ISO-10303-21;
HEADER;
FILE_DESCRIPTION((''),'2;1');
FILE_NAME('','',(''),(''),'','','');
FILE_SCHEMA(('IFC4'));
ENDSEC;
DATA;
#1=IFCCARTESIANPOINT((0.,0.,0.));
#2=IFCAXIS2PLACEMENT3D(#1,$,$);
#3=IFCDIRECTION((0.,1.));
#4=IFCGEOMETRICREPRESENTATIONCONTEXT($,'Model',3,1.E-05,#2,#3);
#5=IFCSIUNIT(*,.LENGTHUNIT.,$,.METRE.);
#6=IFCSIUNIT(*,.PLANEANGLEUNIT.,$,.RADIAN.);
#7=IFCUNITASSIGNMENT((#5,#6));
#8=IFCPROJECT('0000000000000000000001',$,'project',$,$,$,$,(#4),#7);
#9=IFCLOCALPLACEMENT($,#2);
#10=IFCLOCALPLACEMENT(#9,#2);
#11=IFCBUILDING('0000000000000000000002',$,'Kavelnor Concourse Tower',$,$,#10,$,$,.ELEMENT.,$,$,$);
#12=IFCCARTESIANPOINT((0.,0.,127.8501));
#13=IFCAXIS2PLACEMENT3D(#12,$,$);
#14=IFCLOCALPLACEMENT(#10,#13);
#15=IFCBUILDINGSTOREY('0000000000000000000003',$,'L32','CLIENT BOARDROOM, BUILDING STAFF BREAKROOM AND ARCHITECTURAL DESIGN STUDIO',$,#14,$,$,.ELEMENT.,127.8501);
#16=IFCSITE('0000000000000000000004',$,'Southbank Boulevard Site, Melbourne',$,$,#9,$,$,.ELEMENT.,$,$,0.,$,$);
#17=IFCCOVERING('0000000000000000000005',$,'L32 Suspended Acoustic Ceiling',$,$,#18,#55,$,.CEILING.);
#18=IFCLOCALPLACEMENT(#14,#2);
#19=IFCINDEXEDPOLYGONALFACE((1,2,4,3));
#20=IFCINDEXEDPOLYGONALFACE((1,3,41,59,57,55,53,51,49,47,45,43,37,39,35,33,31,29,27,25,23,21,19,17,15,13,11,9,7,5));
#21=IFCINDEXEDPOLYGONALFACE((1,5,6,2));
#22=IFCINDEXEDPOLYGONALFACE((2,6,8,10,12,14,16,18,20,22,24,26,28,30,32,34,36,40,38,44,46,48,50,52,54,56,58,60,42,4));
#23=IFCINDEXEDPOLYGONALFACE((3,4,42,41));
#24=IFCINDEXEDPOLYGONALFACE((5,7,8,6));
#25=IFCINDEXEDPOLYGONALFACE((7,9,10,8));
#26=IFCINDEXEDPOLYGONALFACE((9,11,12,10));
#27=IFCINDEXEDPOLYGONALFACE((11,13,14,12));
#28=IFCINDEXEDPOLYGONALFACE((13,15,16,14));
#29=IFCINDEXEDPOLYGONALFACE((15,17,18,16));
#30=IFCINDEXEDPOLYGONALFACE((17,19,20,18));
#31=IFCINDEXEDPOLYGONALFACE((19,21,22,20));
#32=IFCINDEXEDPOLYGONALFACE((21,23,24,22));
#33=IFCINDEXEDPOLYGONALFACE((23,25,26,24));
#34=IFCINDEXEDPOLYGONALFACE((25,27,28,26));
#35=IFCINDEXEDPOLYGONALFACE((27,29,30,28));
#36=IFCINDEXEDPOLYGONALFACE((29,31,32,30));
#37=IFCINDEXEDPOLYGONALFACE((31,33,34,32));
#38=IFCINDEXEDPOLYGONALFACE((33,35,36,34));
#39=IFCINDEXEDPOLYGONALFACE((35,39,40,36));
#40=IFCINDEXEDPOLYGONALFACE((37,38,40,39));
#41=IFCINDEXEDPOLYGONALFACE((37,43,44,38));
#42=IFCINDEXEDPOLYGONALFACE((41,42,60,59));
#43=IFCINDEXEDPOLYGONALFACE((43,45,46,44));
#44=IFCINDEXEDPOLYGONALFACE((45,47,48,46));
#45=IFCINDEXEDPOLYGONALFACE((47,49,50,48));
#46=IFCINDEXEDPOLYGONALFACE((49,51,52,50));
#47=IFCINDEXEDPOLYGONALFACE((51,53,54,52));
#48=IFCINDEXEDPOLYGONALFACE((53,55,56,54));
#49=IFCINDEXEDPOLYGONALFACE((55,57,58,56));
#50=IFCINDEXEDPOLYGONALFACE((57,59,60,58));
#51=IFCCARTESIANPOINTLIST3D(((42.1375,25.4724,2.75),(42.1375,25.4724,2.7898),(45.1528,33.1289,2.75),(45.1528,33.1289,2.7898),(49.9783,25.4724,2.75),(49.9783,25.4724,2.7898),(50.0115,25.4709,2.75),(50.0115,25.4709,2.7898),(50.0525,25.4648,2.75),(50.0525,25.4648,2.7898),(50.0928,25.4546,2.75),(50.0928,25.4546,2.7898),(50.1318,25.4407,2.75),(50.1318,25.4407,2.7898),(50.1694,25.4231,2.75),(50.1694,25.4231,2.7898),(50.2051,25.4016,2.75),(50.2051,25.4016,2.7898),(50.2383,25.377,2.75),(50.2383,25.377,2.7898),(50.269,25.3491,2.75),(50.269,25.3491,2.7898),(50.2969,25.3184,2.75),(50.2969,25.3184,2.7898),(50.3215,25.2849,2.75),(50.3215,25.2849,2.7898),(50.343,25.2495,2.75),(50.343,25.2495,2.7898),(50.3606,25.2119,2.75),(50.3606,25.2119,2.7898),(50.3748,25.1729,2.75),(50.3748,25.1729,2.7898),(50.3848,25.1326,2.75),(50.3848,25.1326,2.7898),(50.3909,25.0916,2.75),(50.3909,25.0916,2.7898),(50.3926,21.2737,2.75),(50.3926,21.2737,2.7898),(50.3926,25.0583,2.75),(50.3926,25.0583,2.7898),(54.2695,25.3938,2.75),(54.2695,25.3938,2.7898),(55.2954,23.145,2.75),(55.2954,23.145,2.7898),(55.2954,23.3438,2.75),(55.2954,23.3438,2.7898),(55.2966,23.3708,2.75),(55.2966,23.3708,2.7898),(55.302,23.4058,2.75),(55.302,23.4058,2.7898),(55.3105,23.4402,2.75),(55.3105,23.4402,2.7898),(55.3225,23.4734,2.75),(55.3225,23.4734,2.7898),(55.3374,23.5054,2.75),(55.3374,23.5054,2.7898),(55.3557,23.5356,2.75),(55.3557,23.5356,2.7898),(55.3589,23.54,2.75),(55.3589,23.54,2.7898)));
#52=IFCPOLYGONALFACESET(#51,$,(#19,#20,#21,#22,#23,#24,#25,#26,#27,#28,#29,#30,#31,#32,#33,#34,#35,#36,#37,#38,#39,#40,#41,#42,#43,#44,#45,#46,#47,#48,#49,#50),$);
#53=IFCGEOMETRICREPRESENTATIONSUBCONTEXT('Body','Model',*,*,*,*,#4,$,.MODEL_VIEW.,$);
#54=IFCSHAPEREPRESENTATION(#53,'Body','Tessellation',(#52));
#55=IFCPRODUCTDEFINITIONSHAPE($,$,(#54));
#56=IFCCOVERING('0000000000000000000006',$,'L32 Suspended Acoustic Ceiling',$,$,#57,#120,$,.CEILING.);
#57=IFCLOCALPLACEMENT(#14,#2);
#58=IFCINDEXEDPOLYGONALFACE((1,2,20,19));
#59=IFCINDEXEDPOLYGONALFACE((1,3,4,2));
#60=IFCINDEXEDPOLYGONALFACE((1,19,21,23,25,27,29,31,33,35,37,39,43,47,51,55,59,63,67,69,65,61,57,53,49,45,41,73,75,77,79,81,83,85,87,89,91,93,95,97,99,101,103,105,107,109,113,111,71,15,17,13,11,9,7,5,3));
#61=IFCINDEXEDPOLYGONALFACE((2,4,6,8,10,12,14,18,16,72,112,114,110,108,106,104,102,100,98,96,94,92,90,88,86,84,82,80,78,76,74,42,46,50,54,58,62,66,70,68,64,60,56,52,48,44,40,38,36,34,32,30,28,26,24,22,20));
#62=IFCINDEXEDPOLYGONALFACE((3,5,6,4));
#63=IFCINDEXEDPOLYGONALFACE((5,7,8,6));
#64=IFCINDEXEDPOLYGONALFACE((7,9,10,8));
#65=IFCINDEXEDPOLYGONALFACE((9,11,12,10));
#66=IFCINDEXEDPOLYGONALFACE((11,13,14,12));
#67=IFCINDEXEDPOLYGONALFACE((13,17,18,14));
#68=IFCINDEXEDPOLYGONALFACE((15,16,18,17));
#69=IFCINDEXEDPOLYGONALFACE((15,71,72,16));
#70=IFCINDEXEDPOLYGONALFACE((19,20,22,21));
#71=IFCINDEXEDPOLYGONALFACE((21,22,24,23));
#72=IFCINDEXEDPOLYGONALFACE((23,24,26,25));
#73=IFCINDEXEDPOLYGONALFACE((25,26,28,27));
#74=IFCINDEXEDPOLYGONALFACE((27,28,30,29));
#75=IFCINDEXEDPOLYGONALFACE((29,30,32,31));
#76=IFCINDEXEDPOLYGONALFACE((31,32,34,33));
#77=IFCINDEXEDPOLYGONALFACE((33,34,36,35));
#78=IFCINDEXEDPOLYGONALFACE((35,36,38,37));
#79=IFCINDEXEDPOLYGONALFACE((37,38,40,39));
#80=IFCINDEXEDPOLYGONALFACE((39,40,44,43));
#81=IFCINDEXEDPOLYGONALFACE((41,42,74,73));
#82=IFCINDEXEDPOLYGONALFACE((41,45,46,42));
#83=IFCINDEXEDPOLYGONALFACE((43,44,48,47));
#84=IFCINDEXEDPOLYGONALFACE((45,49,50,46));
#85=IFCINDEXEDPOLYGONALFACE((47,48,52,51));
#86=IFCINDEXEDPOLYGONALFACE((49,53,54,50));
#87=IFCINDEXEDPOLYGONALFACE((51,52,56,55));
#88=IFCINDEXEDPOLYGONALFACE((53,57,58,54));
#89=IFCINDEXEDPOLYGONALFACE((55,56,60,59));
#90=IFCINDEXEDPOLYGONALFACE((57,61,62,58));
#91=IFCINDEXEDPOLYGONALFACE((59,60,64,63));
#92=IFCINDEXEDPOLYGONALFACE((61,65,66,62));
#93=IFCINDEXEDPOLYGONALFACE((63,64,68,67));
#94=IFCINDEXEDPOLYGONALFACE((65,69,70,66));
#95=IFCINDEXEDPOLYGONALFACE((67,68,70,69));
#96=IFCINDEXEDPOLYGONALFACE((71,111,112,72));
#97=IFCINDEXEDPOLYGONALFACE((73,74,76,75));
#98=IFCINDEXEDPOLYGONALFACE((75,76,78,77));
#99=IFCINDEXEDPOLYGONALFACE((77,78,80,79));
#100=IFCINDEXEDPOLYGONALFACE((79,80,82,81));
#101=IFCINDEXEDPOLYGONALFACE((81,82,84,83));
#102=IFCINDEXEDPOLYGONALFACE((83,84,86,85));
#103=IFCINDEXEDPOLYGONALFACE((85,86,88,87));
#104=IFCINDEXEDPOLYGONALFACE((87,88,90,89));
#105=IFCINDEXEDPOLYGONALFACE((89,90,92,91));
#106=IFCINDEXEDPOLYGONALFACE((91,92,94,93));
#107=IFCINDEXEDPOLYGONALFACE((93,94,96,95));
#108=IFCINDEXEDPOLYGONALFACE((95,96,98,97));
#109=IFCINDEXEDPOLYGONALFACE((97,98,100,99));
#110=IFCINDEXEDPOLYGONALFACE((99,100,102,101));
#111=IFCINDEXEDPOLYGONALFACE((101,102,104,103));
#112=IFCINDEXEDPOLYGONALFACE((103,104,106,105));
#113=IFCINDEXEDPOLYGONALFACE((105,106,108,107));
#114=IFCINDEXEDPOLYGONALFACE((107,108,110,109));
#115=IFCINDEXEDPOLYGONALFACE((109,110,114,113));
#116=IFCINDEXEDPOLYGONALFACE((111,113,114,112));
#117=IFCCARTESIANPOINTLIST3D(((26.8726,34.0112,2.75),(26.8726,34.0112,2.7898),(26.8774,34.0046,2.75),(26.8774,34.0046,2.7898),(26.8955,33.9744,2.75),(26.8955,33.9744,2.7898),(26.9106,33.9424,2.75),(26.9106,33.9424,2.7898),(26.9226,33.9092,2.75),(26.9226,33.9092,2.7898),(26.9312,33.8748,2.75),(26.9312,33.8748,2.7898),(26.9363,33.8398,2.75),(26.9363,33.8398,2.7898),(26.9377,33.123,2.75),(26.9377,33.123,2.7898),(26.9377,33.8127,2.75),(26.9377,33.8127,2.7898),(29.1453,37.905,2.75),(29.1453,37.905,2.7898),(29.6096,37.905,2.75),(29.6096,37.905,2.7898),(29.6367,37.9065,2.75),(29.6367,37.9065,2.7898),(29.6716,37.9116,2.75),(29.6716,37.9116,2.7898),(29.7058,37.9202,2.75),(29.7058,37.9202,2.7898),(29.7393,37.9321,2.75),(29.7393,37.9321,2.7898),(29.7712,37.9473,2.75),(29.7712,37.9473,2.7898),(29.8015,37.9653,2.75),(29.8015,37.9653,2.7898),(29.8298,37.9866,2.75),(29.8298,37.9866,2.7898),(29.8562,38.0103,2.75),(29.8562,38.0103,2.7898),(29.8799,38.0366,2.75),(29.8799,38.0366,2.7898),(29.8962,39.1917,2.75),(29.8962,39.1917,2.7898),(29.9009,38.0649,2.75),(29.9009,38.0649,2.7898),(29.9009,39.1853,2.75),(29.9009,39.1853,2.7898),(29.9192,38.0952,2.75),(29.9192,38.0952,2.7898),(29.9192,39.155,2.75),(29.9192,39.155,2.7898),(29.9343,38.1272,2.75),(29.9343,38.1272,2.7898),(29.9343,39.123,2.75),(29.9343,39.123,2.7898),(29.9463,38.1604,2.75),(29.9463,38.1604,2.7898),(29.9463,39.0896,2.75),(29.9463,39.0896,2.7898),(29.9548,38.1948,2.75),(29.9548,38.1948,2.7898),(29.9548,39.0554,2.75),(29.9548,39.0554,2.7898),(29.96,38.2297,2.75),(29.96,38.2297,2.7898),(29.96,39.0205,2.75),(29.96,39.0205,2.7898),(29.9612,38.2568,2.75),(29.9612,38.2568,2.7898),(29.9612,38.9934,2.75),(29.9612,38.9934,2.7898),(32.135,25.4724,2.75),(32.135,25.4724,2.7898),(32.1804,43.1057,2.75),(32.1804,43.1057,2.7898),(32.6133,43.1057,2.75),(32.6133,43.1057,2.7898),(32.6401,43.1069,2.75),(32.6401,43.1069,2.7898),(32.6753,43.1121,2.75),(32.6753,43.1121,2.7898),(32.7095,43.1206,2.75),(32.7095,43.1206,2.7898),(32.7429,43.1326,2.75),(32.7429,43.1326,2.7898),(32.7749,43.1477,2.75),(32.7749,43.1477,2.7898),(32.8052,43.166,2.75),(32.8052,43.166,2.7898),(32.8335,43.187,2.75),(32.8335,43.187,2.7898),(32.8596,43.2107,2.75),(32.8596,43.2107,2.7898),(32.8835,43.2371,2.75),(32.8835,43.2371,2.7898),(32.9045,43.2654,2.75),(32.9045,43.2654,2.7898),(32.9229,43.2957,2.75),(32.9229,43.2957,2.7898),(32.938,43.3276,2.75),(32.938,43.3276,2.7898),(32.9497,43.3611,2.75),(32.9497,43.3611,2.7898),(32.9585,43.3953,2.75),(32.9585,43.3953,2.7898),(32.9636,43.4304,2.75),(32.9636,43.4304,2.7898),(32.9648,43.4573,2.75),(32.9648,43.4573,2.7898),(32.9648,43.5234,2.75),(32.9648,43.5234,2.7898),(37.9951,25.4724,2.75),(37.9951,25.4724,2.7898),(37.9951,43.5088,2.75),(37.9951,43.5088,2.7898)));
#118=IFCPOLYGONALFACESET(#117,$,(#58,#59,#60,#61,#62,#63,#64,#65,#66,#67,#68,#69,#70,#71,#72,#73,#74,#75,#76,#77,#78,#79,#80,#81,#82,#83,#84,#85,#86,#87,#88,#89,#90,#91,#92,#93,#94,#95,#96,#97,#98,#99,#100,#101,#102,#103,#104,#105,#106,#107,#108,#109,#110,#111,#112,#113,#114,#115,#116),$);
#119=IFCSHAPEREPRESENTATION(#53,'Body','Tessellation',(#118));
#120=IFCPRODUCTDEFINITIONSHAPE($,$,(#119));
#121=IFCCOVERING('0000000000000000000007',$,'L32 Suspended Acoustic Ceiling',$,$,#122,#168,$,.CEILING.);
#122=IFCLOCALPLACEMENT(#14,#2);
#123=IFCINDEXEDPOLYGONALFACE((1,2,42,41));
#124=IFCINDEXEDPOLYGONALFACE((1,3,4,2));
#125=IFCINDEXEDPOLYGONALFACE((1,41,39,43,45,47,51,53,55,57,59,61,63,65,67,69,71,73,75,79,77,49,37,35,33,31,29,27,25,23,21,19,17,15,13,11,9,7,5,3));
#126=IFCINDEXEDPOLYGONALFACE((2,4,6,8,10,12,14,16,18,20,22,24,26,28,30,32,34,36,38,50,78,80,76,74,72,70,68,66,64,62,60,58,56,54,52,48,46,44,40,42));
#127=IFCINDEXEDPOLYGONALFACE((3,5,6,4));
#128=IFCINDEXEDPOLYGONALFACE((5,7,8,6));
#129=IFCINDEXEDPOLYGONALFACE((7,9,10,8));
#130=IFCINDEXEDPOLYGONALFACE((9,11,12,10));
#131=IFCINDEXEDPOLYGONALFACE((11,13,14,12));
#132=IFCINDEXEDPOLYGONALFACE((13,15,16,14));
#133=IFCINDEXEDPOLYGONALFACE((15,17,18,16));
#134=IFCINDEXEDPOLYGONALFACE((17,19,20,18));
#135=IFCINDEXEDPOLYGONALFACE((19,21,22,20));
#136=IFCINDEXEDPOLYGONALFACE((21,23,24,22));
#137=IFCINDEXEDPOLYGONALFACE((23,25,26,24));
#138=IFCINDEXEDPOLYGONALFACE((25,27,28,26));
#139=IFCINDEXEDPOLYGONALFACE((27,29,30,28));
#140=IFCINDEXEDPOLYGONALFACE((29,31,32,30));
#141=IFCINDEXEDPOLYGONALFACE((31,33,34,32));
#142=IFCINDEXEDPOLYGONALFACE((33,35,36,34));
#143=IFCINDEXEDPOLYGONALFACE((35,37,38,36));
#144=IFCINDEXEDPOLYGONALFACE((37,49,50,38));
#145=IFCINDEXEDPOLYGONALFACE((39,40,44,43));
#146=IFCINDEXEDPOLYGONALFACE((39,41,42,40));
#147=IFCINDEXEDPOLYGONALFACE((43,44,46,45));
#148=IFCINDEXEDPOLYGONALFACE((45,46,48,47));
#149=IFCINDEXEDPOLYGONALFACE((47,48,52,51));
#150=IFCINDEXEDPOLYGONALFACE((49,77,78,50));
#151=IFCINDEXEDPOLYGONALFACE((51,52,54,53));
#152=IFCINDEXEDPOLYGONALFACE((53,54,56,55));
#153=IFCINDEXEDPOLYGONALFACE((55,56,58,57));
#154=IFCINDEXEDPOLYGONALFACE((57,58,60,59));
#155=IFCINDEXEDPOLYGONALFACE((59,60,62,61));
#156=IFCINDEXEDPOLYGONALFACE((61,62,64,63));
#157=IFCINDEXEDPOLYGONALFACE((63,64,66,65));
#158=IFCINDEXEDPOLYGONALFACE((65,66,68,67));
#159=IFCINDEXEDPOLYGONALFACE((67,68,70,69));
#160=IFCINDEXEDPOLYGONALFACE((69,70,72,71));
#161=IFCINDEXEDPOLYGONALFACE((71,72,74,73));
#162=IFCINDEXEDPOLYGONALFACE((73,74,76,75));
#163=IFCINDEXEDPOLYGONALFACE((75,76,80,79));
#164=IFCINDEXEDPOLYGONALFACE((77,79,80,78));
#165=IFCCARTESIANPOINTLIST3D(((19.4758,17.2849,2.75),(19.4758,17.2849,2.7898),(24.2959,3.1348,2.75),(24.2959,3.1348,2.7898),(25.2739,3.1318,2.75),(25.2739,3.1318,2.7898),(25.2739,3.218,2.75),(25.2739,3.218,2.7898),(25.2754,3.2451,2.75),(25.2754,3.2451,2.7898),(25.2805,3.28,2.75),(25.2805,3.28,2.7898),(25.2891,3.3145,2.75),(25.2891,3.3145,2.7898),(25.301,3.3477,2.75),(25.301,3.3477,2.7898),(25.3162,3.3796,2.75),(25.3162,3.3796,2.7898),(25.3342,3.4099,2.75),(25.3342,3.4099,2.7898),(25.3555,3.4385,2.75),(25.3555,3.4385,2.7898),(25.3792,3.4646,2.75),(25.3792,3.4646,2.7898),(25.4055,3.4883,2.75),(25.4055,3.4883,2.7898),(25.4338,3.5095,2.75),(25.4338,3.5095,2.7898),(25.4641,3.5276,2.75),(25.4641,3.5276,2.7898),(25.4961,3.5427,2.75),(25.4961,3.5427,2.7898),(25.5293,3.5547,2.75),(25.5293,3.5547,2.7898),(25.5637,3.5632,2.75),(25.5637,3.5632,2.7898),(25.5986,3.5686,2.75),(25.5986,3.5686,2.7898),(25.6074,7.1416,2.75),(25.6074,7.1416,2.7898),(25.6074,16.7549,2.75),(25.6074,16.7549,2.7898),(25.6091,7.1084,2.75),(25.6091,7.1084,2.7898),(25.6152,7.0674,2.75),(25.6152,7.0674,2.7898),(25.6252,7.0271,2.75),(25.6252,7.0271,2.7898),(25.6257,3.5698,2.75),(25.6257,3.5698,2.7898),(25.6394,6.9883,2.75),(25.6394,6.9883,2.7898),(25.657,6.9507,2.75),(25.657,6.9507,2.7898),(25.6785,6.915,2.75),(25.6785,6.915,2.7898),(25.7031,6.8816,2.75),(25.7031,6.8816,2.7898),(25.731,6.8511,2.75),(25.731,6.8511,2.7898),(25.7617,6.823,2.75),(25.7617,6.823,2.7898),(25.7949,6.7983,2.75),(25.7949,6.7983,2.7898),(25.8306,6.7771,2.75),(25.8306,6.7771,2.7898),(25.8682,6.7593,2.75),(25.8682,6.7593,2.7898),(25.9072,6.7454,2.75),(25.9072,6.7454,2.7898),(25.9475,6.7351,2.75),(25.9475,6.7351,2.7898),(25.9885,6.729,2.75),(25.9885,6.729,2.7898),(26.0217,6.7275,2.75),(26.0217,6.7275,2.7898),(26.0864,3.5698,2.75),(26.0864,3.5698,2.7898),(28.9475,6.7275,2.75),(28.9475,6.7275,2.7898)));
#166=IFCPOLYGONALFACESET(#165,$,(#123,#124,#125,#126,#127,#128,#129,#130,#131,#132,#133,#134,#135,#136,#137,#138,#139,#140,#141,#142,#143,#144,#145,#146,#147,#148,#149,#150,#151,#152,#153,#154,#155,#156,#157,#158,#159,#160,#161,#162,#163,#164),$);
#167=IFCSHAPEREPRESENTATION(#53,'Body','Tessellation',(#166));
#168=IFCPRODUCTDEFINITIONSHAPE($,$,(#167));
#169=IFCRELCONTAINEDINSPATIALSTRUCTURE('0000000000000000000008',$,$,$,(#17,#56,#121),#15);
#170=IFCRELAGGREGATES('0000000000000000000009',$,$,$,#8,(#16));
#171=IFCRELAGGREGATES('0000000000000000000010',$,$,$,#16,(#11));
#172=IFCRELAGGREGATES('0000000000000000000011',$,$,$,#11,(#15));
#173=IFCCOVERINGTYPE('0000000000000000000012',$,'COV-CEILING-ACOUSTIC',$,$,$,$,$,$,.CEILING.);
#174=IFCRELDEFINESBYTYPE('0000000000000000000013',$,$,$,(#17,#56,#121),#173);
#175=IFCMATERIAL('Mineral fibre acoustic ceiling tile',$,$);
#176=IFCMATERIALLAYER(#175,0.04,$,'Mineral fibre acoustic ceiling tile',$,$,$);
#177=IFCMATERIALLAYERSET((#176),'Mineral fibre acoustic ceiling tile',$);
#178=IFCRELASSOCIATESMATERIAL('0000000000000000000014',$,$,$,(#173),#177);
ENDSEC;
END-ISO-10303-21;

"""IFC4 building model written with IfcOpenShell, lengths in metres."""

from ifc_helpers import new_model, si_unit, direction, frame, origin, place, context, subcontext, project, spatial, polyline, outline, extrude, material, layer, layer_set, type_object, element, save


model = new_model("IFC4")

# Units and contexts
model_context = context("Model", 3, precision=1e-05, world=origin(), true_north=direction((0.0, 1.0)))
body_context = subcontext(model_context, "Body", "Model", "MODEL_VIEW")
ifc_project = project(units=[si_unit("LENGTHUNIT", "METRE"), si_unit("PLANEANGLEUNIT", "RADIAN")], contexts=[model_context])

# Site, building, storey
site_placement = place(None, origin())
site = spatial("IfcSite", under=ifc_project, at=site_placement, Name="Southbank Boulevard Site, Melbourne", CompositionType="ELEMENT", RefElevation=0.0)
building_placement = place(site_placement, origin())
building = spatial("IfcBuilding", under=site, at=building_placement, Name="Kavelnor Concourse Tower", CompositionType="ELEMENT")
storey_placement = place(building_placement, frame((0.0, 0.0, 127.8501)))
storey = spatial("IfcBuildingStorey", under=building, at=storey_placement, Name="L32", Description="CLIENT BOARDROOM, BUILDING STAFF BREAKROOM AND ARCHITECTURAL DESIGN STUDIO", CompositionType="ELEMENT", Elevation=127.8501)

# Coverings
ifc_material_1 = material(Name="Mineral fibre acoustic ceiling tile")
ifc_layer_1 = layer(ifc_material_1, 0.04, Name="Mineral fibre acoustic ceiling tile")
ifc_layer_set_1 = layer_set([ifc_layer_1], Name="Mineral fibre acoustic ceiling tile")
covering_type_1 = type_object("IfcCoveringType", Name="COV-CEILING-ACOUSTIC", PredefinedType="CEILING", material=ifc_layer_set_1)
covering_1_placement = place(storey_placement, frame((0.0, 0.0, 2.75)))
element("IfcCovering", 1, at=covering_1_placement, inside=storey, type_object=covering_type_1, Name="L32 Suspended Acoustic Ceiling", PredefinedType="CEILING", context=body_context, shape_type="SweptSolid", body=[
    extrude(outline(polyline([(50.3848, 25.1326), (50.3748, 25.1729), (50.3606, 25.2119), (50.343, 25.2495), (50.3215, 25.2849), (50.2969, 25.3184), (50.269, 25.3491), (50.2383, 25.377), (50.2051, 25.4016), (50.1694, 25.4231), (50.1318, 25.4407), (50.0928, 25.4546), (50.0525, 25.4648), (50.0115, 25.4709), (49.9783, 25.4724), (42.1375, 25.4724), (45.1528, 33.1289), (54.2695, 25.3938), (55.3589, 23.54), (55.3557, 23.5356), (55.3374, 23.5054), (55.3225, 23.4734), (55.3105, 23.4402), (55.302, 23.4058), (55.2966, 23.3708), (55.2954, 23.3438), (55.2954, 23.145), (50.3926, 21.2737), (50.3926, 25.0583), (50.3909, 25.0916), (50.3848, 25.1326)])), origin(), (0.0, 0.0, 1.0), 0.0398),
])
covering_2_placement = place(storey_placement, frame((0.0, 0.0, 2.75)))
element("IfcCovering", 2, at=covering_2_placement, inside=storey, type_object=covering_type_1, Name="L32 Suspended Acoustic Ceiling", PredefinedType="CEILING", context=body_context, shape_type="SweptSolid", body=[
    extrude(outline(polyline([(29.6367, 37.9065), (29.6716, 37.9116), (29.7058, 37.9202), (29.7393, 37.9321), (29.7712, 37.9473), (29.8015, 37.9653), (29.8298, 37.9866), (29.8562, 38.0103), (29.8799, 38.0366), (29.9009, 38.0649), (29.9192, 38.0952), (29.9343, 38.1272), (29.9463, 38.1604), (29.9548, 38.1948), (29.96, 38.2297), (29.9612, 38.2568), (29.9612, 38.9934), (29.96, 39.0205), (29.9548, 39.0554), (29.9463, 39.0896), (29.9343, 39.123), (29.9192, 39.155), (29.9009, 39.1853), (29.8962, 39.1917), (32.1804, 43.1057), (32.6133, 43.1057), (32.6401, 43.1069), (32.6753, 43.1121), (32.7095, 43.1206), (32.7429, 43.1326), (32.7749, 43.1477), (32.8052, 43.166), (32.8335, 43.187), (32.8596, 43.2107), (32.8835, 43.2371), (32.9045, 43.2654), (32.9229, 43.2957), (32.938, 43.3276), (32.9497, 43.3611), (32.9585, 43.3953), (32.9636, 43.4304), (32.9648, 43.4573), (32.9648, 43.5234), (37.9951, 43.5088), (37.9951, 25.4724), (32.135, 25.4724), (26.9377, 33.123), (26.9377, 33.8127), (26.9363, 33.8398), (26.9312, 33.8748), (26.9226, 33.9092), (26.9106, 33.9424), (26.8955, 33.9744), (26.8774, 34.0046), (26.8726, 34.0112), (29.1453, 37.905), (29.6096, 37.905), (29.6367, 37.9065)])), origin(), (0.0, 0.0, 1.0), 0.0398),
])
covering_3_placement = place(storey_placement, frame((0.0, 0.0, 2.75)))
element("IfcCovering", 3, at=covering_3_placement, inside=storey, type_object=covering_type_1, Name="L32 Suspended Acoustic Ceiling", PredefinedType="CEILING", context=body_context, shape_type="SweptSolid", body=[
    extrude(outline(polyline([(25.6091, 7.1084), (25.6152, 7.0674), (25.6252, 7.0271), (25.6394, 6.9883), (25.657, 6.9507), (25.6785, 6.915), (25.7031, 6.8816), (25.731, 6.8511), (25.7617, 6.823), (25.7949, 6.7983), (25.8306, 6.7771), (25.8682, 6.7593), (25.9072, 6.7454), (25.9475, 6.7351), (25.9885, 6.729), (26.0217, 6.7275), (28.9475, 6.7275), (26.0864, 3.5698), (25.6257, 3.5698), (25.5986, 3.5686), (25.5637, 3.5632), (25.5293, 3.5547), (25.4961, 3.5427), (25.4641, 3.5276), (25.4338, 3.5095), (25.4055, 3.4883), (25.3792, 3.4646), (25.3555, 3.4385), (25.3342, 3.4099), (25.3162, 3.3796), (25.301, 3.3477), (25.2891, 3.3145), (25.2805, 3.28), (25.2754, 3.2451), (25.2739, 3.218), (25.2739, 3.1318), (24.2959, 3.1348), (19.4758, 17.2849), (25.6074, 16.7549), (25.6074, 7.1416), (25.6091, 7.1084)])), origin(), (0.0, 0.0, 1.0), 0.0398),
])

save(model, "model.ifc")
